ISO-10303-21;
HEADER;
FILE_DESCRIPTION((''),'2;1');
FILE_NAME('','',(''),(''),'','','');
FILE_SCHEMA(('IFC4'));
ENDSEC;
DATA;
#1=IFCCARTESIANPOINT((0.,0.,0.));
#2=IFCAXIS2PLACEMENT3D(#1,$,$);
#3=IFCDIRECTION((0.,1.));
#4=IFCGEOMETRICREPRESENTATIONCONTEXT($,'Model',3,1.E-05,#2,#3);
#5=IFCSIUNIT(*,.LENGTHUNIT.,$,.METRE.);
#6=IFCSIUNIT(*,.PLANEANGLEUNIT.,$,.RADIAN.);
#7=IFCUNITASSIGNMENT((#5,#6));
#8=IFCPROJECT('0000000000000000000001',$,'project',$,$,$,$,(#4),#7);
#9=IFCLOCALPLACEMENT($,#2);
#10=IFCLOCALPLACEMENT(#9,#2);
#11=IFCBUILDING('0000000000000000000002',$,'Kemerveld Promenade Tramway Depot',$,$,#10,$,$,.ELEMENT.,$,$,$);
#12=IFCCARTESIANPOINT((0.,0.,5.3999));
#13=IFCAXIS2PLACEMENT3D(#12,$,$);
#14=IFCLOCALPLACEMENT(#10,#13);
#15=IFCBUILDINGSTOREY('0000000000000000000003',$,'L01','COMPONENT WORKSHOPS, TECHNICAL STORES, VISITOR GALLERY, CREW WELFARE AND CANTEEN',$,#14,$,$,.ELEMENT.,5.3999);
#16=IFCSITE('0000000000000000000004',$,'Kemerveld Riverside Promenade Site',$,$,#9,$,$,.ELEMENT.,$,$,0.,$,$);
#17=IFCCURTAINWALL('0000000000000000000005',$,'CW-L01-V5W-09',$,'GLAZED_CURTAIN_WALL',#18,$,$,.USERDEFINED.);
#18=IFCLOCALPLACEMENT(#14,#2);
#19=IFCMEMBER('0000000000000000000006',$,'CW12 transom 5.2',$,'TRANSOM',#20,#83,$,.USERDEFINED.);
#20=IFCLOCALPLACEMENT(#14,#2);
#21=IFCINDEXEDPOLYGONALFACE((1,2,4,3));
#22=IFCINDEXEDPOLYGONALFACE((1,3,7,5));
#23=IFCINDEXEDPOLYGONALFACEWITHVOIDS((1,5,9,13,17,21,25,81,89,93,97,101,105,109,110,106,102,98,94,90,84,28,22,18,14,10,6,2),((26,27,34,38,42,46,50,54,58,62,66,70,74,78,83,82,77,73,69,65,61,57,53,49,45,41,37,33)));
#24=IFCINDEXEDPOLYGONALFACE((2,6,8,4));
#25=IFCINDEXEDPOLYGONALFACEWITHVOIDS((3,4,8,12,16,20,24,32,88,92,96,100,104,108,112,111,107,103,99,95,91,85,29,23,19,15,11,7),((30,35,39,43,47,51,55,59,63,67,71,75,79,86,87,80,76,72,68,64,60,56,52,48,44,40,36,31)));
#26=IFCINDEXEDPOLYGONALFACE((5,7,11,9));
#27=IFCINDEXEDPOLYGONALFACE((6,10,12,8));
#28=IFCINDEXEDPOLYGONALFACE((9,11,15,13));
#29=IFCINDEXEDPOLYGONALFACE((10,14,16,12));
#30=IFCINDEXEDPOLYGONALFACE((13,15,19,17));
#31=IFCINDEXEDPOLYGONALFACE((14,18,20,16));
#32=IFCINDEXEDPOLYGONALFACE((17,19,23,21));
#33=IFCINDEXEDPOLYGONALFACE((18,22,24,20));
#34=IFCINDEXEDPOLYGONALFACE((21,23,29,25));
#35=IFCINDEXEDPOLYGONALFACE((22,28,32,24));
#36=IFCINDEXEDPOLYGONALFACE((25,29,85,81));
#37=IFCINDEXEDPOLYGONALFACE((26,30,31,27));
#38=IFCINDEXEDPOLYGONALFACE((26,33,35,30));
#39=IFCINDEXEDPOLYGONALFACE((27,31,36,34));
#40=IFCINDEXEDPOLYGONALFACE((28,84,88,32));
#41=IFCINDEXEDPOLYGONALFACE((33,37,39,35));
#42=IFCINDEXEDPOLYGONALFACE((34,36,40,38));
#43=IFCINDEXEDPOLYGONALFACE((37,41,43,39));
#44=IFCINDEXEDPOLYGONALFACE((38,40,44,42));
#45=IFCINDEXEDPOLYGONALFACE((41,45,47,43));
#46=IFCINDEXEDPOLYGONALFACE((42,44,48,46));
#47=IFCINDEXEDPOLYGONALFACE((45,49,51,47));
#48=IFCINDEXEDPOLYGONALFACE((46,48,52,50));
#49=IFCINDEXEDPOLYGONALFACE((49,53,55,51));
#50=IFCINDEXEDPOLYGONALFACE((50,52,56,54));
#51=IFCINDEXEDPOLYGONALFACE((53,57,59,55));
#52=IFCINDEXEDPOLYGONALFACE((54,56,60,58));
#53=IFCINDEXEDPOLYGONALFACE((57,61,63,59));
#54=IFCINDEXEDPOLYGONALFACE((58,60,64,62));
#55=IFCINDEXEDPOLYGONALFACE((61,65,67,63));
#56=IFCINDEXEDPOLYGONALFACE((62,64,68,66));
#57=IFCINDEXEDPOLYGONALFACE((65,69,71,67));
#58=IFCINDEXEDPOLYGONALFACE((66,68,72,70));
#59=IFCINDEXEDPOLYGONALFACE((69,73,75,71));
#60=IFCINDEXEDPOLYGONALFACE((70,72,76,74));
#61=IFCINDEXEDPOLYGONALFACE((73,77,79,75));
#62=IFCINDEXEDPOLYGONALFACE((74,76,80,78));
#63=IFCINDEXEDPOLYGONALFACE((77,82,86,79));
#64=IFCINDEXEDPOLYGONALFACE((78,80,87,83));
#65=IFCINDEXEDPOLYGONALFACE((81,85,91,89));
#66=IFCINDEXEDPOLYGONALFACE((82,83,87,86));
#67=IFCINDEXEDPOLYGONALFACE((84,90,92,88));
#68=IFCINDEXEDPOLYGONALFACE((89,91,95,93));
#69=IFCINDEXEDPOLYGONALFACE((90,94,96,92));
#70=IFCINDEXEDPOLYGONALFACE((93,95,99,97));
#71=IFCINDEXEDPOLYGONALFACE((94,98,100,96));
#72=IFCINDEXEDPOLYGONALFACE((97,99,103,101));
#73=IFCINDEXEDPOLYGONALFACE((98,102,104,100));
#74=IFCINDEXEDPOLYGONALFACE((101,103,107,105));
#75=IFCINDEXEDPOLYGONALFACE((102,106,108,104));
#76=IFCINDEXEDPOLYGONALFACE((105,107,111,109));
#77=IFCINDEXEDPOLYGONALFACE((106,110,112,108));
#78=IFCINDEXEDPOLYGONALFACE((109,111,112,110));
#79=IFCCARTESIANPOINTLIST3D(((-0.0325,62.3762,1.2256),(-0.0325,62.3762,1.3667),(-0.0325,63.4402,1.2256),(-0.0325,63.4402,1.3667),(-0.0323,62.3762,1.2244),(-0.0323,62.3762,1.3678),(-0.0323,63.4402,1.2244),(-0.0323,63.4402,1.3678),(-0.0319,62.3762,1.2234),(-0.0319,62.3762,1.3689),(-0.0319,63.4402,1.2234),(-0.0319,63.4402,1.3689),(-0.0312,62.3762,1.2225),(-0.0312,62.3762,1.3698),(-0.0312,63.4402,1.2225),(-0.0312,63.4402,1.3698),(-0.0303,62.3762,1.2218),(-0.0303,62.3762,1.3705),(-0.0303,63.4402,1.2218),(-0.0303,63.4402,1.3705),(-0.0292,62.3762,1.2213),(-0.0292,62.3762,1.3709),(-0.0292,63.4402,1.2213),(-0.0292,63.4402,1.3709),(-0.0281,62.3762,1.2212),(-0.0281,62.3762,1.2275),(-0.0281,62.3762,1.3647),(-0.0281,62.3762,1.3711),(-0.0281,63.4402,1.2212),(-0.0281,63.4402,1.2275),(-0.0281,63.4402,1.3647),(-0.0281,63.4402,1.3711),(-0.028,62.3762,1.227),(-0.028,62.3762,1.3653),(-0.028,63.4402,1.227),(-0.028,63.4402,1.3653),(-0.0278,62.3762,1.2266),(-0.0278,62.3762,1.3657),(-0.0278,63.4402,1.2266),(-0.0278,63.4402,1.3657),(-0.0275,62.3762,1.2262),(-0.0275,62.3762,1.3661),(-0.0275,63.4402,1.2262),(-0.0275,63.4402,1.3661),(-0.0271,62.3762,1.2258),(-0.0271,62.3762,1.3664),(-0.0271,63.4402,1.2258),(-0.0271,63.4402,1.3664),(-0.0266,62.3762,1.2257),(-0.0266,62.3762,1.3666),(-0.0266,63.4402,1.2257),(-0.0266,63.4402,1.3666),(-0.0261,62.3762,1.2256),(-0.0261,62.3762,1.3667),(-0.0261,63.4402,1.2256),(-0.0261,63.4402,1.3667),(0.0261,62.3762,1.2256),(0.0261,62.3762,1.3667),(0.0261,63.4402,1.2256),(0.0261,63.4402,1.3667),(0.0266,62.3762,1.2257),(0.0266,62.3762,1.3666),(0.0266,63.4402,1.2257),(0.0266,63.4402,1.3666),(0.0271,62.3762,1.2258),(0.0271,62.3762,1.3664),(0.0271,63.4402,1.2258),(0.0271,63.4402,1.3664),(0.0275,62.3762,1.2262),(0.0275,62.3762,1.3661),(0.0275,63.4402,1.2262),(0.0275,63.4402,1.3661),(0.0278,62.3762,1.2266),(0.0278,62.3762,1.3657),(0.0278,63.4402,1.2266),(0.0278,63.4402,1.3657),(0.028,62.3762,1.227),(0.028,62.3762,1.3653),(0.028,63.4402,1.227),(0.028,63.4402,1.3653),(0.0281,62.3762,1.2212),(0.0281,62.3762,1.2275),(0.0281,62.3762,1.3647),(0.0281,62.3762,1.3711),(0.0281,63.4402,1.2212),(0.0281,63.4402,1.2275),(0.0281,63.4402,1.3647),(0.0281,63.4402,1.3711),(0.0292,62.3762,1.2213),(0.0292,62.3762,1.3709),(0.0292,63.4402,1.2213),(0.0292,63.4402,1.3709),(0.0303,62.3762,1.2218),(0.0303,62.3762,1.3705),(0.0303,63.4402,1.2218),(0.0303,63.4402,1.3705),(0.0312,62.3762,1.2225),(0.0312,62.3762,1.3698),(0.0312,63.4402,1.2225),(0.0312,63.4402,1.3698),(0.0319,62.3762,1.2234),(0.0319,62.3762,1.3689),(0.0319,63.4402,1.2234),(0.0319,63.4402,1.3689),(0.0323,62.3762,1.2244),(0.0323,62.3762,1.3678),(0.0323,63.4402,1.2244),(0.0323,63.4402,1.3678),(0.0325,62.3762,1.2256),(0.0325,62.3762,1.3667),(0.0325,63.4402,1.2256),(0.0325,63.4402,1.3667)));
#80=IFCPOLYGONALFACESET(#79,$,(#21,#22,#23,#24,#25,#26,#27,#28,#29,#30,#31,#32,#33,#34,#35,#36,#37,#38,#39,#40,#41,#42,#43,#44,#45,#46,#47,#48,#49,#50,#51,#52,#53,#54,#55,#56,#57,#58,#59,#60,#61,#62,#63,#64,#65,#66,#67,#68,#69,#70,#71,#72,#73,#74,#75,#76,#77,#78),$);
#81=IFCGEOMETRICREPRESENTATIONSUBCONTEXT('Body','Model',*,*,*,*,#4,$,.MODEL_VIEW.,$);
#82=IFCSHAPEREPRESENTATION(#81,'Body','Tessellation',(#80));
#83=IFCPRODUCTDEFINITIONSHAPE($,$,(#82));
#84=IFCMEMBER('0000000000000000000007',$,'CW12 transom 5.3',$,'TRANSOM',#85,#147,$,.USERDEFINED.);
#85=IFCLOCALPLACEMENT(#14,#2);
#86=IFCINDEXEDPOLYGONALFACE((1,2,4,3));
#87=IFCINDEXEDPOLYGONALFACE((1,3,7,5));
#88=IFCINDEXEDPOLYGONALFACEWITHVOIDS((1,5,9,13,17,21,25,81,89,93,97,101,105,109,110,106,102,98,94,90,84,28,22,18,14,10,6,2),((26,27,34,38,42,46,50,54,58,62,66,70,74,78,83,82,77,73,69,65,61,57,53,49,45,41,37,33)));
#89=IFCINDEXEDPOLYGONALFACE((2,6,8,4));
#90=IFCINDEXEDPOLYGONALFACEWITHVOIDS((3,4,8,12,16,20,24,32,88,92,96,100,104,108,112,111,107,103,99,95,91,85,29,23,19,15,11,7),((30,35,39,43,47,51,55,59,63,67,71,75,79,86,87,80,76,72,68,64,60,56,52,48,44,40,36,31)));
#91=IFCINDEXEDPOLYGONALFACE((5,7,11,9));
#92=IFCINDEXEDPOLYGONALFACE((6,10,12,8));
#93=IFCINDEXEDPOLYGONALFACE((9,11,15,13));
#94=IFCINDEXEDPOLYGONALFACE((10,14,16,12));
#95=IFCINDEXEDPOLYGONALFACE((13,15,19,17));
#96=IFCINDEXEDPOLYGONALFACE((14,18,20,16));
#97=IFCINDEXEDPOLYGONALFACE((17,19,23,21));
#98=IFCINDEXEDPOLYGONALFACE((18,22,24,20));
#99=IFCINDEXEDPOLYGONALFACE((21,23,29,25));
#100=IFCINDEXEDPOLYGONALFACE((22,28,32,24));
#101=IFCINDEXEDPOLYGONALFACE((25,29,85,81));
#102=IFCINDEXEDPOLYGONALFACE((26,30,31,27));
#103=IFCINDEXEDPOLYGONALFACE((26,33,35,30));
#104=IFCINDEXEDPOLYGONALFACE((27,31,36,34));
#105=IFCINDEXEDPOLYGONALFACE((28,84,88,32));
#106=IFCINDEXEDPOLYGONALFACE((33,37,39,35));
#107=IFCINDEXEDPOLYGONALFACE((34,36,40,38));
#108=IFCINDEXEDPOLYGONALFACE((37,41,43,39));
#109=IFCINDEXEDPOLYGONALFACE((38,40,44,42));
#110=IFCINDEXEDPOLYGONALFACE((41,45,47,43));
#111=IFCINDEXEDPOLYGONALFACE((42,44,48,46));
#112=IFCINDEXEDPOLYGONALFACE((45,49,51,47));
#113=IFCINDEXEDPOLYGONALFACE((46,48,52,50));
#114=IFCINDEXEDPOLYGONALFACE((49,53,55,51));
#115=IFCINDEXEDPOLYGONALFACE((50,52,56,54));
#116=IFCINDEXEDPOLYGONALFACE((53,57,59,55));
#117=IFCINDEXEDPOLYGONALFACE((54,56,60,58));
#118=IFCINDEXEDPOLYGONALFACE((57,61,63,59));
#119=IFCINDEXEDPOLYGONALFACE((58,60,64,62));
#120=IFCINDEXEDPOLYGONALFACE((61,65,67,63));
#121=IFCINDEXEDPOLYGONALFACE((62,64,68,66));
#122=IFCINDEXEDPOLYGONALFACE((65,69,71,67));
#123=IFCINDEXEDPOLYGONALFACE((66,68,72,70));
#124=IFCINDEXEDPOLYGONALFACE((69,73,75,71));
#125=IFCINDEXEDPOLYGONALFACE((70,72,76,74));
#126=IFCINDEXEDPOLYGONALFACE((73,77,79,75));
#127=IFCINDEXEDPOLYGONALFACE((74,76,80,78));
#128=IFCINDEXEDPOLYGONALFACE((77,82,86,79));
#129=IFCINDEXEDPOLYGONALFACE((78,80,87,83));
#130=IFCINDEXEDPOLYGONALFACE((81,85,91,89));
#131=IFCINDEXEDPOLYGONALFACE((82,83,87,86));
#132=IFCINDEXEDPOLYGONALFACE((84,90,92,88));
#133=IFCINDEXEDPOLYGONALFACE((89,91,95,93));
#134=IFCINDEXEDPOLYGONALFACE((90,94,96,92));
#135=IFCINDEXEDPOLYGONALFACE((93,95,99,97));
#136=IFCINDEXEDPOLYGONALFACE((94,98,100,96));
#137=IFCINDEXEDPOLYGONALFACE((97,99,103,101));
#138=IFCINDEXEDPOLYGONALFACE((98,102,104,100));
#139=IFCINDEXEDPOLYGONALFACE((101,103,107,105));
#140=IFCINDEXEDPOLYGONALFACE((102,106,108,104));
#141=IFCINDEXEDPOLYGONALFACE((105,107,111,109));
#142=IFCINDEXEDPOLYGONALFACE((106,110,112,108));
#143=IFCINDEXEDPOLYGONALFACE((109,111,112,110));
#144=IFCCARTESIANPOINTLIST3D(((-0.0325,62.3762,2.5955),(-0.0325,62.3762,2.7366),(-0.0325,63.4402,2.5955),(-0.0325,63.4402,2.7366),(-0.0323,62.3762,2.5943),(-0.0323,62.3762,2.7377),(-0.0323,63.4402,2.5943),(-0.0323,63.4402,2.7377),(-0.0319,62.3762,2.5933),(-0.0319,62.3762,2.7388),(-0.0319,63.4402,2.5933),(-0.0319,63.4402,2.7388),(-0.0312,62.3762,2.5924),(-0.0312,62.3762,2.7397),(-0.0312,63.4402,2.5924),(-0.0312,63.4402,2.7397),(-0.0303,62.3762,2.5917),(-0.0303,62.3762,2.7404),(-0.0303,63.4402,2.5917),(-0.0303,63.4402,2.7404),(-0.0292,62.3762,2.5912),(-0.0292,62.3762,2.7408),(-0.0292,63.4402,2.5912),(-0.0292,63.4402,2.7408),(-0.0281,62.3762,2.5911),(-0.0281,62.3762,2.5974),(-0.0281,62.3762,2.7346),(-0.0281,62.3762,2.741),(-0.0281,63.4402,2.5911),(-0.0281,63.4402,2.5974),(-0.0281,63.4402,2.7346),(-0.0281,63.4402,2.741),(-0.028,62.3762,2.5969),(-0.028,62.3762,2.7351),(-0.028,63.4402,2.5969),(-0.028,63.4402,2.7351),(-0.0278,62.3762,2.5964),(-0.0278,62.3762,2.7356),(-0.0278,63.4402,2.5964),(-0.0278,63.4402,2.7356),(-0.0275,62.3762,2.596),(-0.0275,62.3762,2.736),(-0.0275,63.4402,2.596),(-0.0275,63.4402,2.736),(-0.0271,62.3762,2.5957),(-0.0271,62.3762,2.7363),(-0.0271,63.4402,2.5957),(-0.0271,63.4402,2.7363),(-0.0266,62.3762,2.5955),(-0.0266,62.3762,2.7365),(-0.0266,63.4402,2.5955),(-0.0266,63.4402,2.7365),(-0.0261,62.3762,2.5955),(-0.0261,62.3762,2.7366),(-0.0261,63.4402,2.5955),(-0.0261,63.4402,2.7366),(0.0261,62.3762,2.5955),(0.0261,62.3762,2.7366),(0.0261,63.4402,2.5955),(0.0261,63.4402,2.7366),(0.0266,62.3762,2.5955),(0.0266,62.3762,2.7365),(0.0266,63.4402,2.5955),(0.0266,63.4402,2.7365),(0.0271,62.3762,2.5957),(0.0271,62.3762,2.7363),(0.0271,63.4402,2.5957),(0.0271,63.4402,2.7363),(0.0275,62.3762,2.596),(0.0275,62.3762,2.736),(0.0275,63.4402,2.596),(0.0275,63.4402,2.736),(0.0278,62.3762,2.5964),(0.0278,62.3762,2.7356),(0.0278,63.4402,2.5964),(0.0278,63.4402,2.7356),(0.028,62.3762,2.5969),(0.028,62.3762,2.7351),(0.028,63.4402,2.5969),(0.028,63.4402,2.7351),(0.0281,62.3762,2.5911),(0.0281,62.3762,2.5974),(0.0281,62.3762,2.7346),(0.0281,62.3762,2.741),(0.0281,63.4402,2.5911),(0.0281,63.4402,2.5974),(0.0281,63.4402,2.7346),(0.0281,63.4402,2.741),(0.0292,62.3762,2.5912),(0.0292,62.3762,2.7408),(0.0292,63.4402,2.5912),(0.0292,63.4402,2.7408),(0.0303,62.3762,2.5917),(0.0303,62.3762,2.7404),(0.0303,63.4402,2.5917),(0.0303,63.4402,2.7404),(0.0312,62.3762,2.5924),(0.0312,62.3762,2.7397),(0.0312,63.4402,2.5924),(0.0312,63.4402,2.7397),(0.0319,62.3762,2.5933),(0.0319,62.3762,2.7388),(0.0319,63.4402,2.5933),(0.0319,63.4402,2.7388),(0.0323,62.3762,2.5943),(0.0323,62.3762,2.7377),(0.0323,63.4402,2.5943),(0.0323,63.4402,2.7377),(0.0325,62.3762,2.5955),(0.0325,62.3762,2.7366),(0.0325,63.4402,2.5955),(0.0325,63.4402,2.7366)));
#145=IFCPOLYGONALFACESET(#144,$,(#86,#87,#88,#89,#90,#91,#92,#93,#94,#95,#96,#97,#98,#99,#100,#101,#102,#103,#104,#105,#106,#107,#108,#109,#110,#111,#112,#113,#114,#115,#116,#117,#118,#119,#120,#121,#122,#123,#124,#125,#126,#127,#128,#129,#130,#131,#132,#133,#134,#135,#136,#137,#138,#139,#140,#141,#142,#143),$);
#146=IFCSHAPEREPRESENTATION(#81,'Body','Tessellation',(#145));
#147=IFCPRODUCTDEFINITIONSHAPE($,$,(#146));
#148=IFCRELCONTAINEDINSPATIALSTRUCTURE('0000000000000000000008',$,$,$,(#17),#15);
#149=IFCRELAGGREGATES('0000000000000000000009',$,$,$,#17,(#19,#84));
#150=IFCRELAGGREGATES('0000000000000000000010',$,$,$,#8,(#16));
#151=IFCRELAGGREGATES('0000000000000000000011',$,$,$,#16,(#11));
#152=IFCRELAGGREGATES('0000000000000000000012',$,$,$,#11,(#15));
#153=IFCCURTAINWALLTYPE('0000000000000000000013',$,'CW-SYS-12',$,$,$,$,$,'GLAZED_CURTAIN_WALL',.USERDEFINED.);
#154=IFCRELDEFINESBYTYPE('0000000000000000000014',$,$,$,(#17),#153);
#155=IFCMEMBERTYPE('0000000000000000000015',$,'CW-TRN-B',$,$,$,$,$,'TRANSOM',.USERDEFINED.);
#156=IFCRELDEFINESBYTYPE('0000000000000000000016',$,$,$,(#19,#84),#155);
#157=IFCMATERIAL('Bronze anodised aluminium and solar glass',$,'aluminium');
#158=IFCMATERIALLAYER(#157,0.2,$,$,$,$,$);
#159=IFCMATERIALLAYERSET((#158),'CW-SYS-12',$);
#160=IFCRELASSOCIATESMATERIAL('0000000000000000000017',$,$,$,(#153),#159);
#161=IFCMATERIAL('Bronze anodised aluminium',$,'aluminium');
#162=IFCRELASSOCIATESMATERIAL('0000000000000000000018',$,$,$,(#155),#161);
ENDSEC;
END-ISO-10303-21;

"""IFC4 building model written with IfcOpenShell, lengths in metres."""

from ifc_helpers import new_model, si_unit, direction, frame, origin, origin_2d, place, context, subcontext, project, spatial, hollow_rectangle, extrude, material, layer, layer_set, material_profile, profile_set, type_object, element, aggregate, save


model = new_model("IFC4")

# Units and contexts
model_context = context("Model", 3, precision=1e-05, world=origin(), true_north=direction((0.0, 1.0)))
body_context = subcontext(model_context, "Body", "Model", "MODEL_VIEW")
ifc_project = project(units=[si_unit("LENGTHUNIT", "METRE"), si_unit("PLANEANGLEUNIT", "RADIAN")], contexts=[model_context])

# Site, building, storey
site_placement = place(None, origin())
site = spatial("IfcSite", under=ifc_project, at=site_placement, Name="Kemerveld Riverside Promenade Site", CompositionType="ELEMENT", RefElevation=0.0)
building_placement = place(site_placement, origin())
building = spatial("IfcBuilding", under=site, at=building_placement, Name="Kemerveld Promenade Tramway Depot", CompositionType="ELEMENT")
storey_placement = place(building_placement, frame((0.0, 0.0, 5.3999)))
storey = spatial("IfcBuildingStorey", under=building, at=storey_placement, Name="L01", Description="COMPONENT WORKSHOPS, TECHNICAL STORES, VISITOR GALLERY, CREW WELFARE AND CANTEEN", CompositionType="ELEMENT", Elevation=5.3999)

# Curtain wall, members
ifc_material_1 = material(Name="Bronze anodised aluminium and solar glass", Category="aluminium")
ifc_layer_1 = layer(ifc_material_1, 0.2)
ifc_layer_set_1 = layer_set([ifc_layer_1], Name="CW-SYS-12")
curtain_wall_type = type_object("IfcCurtainWallType", Name="CW-SYS-12", ElementType="GLAZED_CURTAIN_WALL", PredefinedType="USERDEFINED", material=ifc_layer_set_1)
curtain_wall_placement = place(storey_placement, origin())
curtain_wall = element("IfcCurtainWall", 1, at=curtain_wall_placement, inside=storey, type_object=curtain_wall_type, Name="CW-L01-V5W-09", ObjectType="GLAZED_CURTAIN_WALL", PredefinedType="USERDEFINED")
ifc_material_2 = material(Name="Bronze anodised aluminium", Category="aluminium")
ifc_material_profile_1 = material_profile(ifc_material_2, hollow_rectangle(XDim=0.0649, YDim=0.1499, WallThickness=0.0044, InnerFilletRadius=0.002, OuterFilletRadius=0.0044, at=origin_2d()), Name="CW-TRN-150x65")
ifc_profile_set_1 = profile_set([ifc_material_profile_1], Name="Bronze anodised aluminium")
member_type_1 = type_object("IfcMemberType", Name="CW-TRN-B", ElementType="TRANSOM", PredefinedType="USERDEFINED", material=ifc_profile_set_1)
member_1_placement = place(storey_placement, frame((0.0, 62.3762, 1.2961), z_axis=(0.0, 1.0, 0.0), x_axis=(-1.0, 0.0, 0.0)))
member_1 = element("IfcMember", 2, at=member_1_placement, type_object=member_type_1, Name="CW12 transom 5.2", ObjectType="TRANSOM", PredefinedType="USERDEFINED", context=body_context, shape_type="SweptSolid", body=[
    extrude(hollow_rectangle(XDim=0.0649, YDim=0.1499, WallThickness=0.0044, InnerFilletRadius=0.002, OuterFilletRadius=0.0044, at=origin_2d()), origin(), (0.0, 0.0, 1.0), 1.064),
])
member_2_placement = place(storey_placement, frame((0.0, 62.3762, 2.666), z_axis=(0.0, 1.0, 0.0), x_axis=(-1.0, 0.0, 0.0)))
member_2 = element("IfcMember", 3, at=member_2_placement, type_object=member_type_1, Name="CW12 transom 5.3", ObjectType="TRANSOM", PredefinedType="USERDEFINED", context=body_context, shape_type="SweptSolid", body=[
    extrude(hollow_rectangle(XDim=0.0649, YDim=0.1499, WallThickness=0.0044, InnerFilletRadius=0.002, OuterFilletRadius=0.0044, at=origin_2d()), origin(), (0.0, 0.0, 1.0), 1.064),
])
aggregate(curtain_wall, [member_1, member_2])

save(model, "model.ifc")
